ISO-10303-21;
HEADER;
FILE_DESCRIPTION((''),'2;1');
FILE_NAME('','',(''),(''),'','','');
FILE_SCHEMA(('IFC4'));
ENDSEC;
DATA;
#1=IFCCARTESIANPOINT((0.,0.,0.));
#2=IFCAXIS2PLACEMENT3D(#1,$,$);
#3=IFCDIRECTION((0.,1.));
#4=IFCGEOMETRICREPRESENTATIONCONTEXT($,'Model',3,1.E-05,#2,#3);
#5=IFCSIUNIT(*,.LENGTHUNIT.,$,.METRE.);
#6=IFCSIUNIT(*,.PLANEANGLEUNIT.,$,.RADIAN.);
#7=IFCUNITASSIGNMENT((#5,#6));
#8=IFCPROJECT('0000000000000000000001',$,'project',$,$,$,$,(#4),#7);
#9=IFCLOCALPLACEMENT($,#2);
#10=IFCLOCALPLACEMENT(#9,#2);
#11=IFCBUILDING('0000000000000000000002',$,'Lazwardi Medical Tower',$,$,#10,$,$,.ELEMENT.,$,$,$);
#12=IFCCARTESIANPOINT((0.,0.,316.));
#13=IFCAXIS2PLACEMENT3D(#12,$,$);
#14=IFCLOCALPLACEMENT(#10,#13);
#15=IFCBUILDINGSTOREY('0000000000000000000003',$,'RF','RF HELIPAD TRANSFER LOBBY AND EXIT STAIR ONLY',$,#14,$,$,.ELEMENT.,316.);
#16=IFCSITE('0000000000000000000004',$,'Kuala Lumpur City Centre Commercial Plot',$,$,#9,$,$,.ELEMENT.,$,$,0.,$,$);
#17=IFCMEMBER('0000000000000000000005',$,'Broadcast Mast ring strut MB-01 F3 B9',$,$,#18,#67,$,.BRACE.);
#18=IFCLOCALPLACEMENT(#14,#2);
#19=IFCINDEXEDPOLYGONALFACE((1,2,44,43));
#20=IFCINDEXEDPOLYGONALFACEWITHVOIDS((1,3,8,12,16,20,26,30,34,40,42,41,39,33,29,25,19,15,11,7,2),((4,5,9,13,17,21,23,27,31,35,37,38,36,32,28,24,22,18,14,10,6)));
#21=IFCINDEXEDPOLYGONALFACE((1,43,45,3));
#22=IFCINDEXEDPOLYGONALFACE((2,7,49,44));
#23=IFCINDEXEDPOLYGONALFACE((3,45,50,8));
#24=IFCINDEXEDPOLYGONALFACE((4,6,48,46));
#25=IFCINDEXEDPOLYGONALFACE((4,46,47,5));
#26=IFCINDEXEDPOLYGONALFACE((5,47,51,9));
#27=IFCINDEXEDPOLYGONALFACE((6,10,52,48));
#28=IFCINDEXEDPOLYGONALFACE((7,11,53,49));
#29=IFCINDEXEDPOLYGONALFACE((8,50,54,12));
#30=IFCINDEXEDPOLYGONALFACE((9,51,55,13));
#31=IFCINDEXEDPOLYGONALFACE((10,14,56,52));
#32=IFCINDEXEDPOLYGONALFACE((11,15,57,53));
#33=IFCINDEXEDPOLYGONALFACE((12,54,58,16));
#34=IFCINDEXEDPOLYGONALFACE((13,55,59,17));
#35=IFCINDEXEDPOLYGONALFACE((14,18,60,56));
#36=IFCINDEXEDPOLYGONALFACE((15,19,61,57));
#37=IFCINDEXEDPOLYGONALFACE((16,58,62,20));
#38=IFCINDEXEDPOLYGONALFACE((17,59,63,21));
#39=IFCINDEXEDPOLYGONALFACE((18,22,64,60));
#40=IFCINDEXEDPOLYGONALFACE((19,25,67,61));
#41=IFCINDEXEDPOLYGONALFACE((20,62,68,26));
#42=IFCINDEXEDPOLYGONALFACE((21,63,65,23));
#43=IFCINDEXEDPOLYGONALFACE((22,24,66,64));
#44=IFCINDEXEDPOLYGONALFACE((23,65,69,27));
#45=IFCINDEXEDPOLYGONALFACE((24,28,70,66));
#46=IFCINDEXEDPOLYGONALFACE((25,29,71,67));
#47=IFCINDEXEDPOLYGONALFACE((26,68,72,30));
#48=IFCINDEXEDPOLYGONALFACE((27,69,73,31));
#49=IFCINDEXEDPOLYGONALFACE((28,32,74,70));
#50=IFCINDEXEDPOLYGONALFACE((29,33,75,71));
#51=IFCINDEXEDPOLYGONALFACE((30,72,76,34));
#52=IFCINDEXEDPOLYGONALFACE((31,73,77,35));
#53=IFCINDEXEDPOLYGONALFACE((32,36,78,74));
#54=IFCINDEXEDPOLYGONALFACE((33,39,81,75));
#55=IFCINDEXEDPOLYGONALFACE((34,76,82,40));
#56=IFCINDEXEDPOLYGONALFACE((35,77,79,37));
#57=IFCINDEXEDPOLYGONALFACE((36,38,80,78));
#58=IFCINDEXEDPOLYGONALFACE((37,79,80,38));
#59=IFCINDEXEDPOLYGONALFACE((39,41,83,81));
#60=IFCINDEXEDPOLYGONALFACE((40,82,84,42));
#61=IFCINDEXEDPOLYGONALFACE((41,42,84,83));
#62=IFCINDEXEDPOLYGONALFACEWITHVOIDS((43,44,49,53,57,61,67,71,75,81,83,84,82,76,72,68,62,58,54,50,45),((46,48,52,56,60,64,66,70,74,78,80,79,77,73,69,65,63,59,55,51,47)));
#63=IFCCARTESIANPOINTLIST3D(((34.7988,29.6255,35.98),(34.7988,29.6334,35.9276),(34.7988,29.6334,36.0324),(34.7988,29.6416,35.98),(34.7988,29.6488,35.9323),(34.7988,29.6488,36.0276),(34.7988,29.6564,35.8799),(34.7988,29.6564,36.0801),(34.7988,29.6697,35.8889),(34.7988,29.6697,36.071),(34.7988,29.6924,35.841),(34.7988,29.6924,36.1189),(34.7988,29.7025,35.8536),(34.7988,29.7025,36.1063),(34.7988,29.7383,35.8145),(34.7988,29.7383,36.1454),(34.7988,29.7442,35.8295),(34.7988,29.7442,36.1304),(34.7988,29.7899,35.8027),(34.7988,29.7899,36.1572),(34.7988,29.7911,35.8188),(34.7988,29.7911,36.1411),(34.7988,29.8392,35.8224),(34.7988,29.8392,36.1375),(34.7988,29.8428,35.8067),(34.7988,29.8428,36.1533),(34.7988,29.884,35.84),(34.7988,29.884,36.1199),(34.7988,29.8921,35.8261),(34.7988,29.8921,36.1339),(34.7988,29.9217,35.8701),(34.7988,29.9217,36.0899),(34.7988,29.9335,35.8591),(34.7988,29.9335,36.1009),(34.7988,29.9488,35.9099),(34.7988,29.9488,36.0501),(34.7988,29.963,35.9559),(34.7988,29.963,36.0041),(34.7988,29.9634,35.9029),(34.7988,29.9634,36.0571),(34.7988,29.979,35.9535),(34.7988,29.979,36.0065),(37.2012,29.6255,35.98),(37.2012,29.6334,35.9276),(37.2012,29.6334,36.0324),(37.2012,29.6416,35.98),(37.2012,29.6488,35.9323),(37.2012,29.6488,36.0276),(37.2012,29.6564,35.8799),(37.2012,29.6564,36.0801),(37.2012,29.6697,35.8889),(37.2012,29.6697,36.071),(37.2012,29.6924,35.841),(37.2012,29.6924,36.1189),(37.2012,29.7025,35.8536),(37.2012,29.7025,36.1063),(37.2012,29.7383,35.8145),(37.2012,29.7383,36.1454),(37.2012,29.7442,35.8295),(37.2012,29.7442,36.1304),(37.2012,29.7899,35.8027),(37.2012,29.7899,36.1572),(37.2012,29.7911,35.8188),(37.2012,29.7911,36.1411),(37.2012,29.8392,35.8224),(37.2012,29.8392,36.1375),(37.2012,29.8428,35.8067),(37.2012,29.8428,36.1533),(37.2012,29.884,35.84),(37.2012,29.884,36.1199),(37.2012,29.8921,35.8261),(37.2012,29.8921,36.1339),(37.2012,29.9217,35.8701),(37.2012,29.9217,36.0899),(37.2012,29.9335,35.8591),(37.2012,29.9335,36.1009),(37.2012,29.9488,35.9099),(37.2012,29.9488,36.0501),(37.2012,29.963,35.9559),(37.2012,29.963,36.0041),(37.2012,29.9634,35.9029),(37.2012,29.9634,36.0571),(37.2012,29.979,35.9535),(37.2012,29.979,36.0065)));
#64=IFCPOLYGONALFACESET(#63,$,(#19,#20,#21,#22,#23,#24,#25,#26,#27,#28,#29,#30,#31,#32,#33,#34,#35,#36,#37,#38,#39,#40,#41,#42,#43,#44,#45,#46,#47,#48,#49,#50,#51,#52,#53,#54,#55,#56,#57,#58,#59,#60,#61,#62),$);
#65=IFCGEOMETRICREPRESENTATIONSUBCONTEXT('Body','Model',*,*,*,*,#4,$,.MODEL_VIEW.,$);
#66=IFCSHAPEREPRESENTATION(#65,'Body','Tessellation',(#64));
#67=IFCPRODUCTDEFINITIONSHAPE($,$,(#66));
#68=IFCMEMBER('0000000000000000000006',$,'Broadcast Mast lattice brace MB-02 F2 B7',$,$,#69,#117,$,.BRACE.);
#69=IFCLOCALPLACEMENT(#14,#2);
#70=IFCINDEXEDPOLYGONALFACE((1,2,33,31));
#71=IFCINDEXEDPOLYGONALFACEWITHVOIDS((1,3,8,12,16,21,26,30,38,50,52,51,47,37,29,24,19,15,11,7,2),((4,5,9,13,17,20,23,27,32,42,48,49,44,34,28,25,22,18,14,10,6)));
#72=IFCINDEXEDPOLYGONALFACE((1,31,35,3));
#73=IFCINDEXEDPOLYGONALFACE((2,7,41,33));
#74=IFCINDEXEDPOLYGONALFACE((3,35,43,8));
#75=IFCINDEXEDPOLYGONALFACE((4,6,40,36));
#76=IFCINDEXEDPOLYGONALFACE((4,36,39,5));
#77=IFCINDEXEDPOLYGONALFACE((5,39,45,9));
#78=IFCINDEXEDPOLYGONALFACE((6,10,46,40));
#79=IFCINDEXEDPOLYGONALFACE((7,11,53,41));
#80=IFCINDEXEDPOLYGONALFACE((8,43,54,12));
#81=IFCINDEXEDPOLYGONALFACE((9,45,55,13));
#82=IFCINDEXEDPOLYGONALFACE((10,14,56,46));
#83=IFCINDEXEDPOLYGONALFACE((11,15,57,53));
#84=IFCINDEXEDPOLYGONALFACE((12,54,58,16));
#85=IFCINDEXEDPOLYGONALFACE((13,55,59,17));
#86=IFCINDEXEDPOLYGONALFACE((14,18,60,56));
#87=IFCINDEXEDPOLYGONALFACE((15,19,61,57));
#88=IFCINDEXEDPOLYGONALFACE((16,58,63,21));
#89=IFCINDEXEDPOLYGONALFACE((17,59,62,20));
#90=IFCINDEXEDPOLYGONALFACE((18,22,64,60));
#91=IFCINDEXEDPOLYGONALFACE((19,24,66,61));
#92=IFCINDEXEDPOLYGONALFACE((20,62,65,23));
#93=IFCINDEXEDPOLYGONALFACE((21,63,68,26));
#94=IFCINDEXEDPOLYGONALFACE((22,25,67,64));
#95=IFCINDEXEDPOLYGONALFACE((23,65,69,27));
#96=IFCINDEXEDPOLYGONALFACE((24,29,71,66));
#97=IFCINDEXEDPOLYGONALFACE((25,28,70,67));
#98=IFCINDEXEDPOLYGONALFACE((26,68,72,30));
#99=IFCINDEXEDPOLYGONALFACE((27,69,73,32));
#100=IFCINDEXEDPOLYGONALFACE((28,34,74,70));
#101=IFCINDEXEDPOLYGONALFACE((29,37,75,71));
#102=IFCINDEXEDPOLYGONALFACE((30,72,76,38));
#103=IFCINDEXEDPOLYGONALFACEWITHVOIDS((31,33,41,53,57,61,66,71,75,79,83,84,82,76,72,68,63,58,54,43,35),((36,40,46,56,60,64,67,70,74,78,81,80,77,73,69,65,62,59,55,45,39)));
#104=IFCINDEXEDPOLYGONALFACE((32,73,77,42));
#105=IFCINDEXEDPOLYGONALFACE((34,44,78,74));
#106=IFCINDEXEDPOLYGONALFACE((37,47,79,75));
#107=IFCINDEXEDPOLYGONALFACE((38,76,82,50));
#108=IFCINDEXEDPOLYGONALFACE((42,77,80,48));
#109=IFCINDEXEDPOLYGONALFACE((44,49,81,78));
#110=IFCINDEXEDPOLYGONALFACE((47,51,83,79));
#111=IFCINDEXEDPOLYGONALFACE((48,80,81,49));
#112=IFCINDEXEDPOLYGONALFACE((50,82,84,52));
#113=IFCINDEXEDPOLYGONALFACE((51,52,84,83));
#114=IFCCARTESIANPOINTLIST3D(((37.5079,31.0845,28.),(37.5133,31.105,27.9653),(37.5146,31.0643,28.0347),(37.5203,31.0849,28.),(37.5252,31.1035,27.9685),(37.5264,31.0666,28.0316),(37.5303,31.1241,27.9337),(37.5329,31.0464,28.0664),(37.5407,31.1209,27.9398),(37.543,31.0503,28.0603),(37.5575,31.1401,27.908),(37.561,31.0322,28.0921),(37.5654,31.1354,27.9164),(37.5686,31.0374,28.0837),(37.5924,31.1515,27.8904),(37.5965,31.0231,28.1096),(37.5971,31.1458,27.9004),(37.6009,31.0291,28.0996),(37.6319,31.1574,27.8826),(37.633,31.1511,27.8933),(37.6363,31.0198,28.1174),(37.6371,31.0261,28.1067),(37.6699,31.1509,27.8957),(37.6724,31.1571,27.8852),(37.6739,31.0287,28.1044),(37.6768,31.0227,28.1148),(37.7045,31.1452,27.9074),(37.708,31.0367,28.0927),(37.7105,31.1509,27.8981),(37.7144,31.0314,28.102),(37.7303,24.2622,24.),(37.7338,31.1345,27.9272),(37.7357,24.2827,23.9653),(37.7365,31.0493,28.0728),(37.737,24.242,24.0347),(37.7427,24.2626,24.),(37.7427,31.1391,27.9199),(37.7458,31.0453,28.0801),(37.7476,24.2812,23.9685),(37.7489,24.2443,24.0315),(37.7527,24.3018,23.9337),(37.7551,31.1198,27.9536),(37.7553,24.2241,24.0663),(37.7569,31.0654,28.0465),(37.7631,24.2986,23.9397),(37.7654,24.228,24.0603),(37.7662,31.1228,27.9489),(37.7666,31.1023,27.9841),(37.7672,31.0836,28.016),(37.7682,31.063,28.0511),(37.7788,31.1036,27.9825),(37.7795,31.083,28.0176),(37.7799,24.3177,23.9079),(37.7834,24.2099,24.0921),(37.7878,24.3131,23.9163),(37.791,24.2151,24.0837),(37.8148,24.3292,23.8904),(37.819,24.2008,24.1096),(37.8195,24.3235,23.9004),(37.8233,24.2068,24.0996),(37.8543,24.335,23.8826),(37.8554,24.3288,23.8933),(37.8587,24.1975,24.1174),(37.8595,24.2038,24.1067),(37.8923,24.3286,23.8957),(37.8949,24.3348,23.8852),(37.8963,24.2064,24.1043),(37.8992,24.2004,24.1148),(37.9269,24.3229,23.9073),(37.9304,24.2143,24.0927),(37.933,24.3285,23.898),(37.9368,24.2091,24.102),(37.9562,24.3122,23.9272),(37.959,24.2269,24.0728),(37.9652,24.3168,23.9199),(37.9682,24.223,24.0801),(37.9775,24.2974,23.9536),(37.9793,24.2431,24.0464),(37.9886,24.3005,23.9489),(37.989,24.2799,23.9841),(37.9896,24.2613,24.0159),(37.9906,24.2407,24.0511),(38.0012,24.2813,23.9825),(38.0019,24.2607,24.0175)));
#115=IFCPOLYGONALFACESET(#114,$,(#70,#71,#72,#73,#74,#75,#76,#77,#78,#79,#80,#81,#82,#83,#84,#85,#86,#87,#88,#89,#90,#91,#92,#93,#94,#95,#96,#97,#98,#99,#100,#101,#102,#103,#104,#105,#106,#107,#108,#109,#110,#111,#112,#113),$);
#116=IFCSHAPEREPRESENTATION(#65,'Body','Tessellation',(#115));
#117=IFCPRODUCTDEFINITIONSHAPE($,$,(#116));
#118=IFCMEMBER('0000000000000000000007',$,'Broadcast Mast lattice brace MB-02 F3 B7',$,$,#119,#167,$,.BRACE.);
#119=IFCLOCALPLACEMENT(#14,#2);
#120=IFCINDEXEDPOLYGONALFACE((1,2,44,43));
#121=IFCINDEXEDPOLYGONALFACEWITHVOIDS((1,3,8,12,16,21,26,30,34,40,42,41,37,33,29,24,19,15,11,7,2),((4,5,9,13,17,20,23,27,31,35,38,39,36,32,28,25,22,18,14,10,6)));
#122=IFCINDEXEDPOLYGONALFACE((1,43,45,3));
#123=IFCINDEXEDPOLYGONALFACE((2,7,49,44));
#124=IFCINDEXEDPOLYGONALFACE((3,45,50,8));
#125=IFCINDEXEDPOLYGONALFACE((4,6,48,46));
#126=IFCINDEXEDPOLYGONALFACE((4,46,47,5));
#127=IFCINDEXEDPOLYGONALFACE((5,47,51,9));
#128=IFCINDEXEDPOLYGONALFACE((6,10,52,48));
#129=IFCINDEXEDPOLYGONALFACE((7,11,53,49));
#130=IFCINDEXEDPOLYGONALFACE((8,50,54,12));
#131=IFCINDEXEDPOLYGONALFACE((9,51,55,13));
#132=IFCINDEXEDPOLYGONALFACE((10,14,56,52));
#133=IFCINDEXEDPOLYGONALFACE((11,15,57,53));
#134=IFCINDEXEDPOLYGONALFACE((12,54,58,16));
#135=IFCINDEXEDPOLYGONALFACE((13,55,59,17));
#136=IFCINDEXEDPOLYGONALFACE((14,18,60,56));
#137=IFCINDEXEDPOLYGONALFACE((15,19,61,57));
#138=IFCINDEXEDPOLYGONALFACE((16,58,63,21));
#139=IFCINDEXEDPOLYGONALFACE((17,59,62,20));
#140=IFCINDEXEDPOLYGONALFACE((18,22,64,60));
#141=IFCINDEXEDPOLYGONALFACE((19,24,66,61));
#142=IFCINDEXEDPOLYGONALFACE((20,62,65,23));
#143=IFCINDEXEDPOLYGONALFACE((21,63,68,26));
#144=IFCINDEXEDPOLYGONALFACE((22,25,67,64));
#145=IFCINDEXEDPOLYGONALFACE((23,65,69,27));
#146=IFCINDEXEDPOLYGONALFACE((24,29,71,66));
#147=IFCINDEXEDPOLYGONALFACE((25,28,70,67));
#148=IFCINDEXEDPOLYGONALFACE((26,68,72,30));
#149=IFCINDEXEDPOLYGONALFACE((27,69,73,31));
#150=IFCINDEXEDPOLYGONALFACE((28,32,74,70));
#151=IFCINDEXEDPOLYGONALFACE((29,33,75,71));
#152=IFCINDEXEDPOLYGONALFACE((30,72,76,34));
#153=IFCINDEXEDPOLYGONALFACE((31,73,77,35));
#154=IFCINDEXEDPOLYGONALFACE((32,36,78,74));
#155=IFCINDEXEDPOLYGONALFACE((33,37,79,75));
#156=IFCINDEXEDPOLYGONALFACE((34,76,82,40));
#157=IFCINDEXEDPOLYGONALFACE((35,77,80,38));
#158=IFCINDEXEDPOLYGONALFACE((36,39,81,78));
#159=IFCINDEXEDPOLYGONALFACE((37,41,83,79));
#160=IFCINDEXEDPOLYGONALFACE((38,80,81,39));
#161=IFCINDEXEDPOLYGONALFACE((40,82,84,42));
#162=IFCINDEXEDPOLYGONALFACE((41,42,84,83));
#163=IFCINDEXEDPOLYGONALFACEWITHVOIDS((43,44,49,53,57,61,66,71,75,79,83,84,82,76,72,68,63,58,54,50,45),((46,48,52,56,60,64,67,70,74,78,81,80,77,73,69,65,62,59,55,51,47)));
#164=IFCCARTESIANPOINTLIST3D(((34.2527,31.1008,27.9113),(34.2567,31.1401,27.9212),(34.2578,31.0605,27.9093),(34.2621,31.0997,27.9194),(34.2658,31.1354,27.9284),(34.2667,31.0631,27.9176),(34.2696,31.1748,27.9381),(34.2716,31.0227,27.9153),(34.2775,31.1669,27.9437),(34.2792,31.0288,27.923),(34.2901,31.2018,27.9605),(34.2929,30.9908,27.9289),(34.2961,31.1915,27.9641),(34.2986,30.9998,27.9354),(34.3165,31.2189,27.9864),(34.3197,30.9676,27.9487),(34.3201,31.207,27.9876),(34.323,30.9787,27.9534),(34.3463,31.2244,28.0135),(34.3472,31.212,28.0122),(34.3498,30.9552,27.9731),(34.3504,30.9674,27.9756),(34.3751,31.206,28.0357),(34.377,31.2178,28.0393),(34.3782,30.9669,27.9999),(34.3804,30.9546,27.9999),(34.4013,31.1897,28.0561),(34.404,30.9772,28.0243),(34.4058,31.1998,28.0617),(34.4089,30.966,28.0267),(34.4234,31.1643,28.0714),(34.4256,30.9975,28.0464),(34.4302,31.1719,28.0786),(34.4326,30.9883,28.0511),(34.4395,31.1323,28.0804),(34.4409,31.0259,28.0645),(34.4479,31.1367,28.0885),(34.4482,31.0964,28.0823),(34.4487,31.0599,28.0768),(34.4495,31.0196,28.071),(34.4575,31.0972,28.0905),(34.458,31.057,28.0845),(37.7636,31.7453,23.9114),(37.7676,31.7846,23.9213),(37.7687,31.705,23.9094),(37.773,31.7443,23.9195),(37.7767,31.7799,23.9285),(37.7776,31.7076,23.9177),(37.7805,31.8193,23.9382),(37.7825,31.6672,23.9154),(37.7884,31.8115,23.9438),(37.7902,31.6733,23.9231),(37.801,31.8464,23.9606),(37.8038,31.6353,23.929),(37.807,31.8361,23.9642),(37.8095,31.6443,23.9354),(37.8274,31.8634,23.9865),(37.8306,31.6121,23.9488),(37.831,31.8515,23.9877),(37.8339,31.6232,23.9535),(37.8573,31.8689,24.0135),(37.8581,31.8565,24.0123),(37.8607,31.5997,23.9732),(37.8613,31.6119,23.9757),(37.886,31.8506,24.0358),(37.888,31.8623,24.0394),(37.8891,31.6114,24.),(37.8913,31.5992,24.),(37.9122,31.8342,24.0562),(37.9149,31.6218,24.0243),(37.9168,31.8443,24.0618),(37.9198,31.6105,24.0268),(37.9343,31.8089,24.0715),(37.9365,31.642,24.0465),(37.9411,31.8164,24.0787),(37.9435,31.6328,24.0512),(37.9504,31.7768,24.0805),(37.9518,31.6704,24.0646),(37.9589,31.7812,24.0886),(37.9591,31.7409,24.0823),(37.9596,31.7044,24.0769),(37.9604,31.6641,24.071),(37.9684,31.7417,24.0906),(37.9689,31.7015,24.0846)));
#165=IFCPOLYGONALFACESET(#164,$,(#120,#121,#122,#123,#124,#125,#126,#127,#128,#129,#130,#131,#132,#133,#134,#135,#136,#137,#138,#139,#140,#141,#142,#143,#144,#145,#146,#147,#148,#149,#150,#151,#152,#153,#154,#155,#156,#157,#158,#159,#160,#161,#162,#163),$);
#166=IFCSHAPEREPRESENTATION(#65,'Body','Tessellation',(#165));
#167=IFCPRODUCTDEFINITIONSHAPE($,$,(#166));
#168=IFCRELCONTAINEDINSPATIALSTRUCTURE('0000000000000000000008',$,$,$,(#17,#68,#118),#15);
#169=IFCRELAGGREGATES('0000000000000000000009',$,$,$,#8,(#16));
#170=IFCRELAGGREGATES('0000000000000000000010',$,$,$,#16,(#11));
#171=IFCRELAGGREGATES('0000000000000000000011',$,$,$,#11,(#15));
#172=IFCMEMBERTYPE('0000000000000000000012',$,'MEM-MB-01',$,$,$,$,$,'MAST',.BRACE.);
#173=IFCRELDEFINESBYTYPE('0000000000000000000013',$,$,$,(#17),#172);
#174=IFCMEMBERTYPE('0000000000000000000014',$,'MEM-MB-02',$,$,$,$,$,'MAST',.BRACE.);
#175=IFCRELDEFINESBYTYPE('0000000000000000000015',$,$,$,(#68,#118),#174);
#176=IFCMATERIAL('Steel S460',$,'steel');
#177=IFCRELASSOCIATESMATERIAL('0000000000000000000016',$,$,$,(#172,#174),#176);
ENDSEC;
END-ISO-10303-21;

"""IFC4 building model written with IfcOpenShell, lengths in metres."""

from ifc_helpers import new_model, si_unit, direction, frame, origin, origin_2d, place, context, subcontext, project, spatial, hollow_circle, extrude, material, material_profile, profile_set, type_object, element, save


model = new_model("IFC4")

# Units and contexts
model_context = context("Model", 3, precision=1e-05, world=origin(), true_north=direction((0.0, 1.0)))
body_context = subcontext(model_context, "Body", "Model", "MODEL_VIEW")
ifc_project = project(units=[si_unit("LENGTHUNIT", "METRE"), si_unit("PLANEANGLEUNIT", "RADIAN")], contexts=[model_context])

# Site, building, storey
site_placement = place(None, origin())
site = spatial("IfcSite", under=ifc_project, at=site_placement, Name="Kuala Lumpur City Centre Commercial Plot", CompositionType="ELEMENT", RefElevation=0.0)
building_placement = place(site_placement, origin())
building = spatial("IfcBuilding", under=site, at=building_placement, Name="Lazwardi Medical Tower", CompositionType="ELEMENT")
storey_placement = place(building_placement, frame((0.0, 0.0, 316.0)))
storey = spatial("IfcBuildingStorey", under=building, at=storey_placement, Name="RF", Description="RF HELIPAD TRANSFER LOBBY AND EXIT STAIR ONLY", CompositionType="ELEMENT", Elevation=316.0)

# Members
ifc_material = material(Name="Steel S460", Category="steel")
ifc_material_profile_1 = material_profile(ifc_material, hollow_circle(Radius=0.1777, WallThickness=0.0161, at=origin_2d()), Name="CHS 355.6x16")
ifc_profile_set_1 = profile_set([ifc_material_profile_1], Name="Steel S460")
member_type_1 = type_object("IfcMemberType", Name="MEM-MB-01", ElementType="MAST", PredefinedType="BRACE", material=ifc_profile_set_1)
member_1_placement = place(storey_placement, frame((37.2012, 29.8032, 35.98), z_axis=(-1.0, 0.0, 0.0), x_axis=(0.0, -1.0, 0.0)))
element("IfcMember", 1, at=member_1_placement, inside=storey, type_object=member_type_1, Name="Broadcast Mast ring strut MB-01 F3 B9", PredefinedType="BRACE", context=body_context, shape_type="SweptSolid", body=[
    extrude(hollow_circle(Radius=0.1777, WallThickness=0.0161, at=origin_2d()), origin(), (0.0, 0.0, 1.0), 2.4023),
])
ifc_material_profile_2 = material_profile(ifc_material, hollow_circle(Radius=0.1365, WallThickness=0.0125, at=origin_2d()), Name="CHS 273x12.5")
ifc_profile_set_2 = profile_set([ifc_material_profile_2], Name="Steel S460")
member_type_2 = type_object("IfcMemberType", Name="MEM-MB-02", ElementType="MAST", PredefinedType="BRACE", material=ifc_profile_set_2)
member_2_placement = place(storey_placement, frame((37.8667, 24.2666, 24.0), z_axis=(-0.028112, 0.862316, 0.505589), x_axis=(-0.999469, -0.032584, 0.0)))
element("IfcMember", 2, at=member_2_placement, inside=storey, type_object=member_type_2, Name="Broadcast Mast lattice brace MB-02 F2 B7", PredefinedType="BRACE", context=body_context, shape_type="SweptSolid", body=[
    extrude(hollow_circle(Radius=0.1365, WallThickness=0.0125, at=origin_2d()), origin(), (0.0, 0.0, 1.0), 7.9116),
])
member_3_placement = place(storey_placement, frame((37.8667, 31.7334, 24.0), z_axis=(-0.654888, -0.120221, 0.746102), x_axis=(0.180558, -0.983564, 0.0)))
element("IfcMember", 3, at=member_3_placement, inside=storey, type_object=member_type_2, Name="Broadcast Mast lattice brace MB-02 F3 B7", PredefinedType="BRACE", context=body_context, shape_type="SweptSolid", body=[
    extrude(hollow_circle(Radius=0.1365, WallThickness=0.0125, at=origin_2d()), origin(), (0.0, 0.0, 1.0), 5.3611),
])

save(model, "model.ifc")
